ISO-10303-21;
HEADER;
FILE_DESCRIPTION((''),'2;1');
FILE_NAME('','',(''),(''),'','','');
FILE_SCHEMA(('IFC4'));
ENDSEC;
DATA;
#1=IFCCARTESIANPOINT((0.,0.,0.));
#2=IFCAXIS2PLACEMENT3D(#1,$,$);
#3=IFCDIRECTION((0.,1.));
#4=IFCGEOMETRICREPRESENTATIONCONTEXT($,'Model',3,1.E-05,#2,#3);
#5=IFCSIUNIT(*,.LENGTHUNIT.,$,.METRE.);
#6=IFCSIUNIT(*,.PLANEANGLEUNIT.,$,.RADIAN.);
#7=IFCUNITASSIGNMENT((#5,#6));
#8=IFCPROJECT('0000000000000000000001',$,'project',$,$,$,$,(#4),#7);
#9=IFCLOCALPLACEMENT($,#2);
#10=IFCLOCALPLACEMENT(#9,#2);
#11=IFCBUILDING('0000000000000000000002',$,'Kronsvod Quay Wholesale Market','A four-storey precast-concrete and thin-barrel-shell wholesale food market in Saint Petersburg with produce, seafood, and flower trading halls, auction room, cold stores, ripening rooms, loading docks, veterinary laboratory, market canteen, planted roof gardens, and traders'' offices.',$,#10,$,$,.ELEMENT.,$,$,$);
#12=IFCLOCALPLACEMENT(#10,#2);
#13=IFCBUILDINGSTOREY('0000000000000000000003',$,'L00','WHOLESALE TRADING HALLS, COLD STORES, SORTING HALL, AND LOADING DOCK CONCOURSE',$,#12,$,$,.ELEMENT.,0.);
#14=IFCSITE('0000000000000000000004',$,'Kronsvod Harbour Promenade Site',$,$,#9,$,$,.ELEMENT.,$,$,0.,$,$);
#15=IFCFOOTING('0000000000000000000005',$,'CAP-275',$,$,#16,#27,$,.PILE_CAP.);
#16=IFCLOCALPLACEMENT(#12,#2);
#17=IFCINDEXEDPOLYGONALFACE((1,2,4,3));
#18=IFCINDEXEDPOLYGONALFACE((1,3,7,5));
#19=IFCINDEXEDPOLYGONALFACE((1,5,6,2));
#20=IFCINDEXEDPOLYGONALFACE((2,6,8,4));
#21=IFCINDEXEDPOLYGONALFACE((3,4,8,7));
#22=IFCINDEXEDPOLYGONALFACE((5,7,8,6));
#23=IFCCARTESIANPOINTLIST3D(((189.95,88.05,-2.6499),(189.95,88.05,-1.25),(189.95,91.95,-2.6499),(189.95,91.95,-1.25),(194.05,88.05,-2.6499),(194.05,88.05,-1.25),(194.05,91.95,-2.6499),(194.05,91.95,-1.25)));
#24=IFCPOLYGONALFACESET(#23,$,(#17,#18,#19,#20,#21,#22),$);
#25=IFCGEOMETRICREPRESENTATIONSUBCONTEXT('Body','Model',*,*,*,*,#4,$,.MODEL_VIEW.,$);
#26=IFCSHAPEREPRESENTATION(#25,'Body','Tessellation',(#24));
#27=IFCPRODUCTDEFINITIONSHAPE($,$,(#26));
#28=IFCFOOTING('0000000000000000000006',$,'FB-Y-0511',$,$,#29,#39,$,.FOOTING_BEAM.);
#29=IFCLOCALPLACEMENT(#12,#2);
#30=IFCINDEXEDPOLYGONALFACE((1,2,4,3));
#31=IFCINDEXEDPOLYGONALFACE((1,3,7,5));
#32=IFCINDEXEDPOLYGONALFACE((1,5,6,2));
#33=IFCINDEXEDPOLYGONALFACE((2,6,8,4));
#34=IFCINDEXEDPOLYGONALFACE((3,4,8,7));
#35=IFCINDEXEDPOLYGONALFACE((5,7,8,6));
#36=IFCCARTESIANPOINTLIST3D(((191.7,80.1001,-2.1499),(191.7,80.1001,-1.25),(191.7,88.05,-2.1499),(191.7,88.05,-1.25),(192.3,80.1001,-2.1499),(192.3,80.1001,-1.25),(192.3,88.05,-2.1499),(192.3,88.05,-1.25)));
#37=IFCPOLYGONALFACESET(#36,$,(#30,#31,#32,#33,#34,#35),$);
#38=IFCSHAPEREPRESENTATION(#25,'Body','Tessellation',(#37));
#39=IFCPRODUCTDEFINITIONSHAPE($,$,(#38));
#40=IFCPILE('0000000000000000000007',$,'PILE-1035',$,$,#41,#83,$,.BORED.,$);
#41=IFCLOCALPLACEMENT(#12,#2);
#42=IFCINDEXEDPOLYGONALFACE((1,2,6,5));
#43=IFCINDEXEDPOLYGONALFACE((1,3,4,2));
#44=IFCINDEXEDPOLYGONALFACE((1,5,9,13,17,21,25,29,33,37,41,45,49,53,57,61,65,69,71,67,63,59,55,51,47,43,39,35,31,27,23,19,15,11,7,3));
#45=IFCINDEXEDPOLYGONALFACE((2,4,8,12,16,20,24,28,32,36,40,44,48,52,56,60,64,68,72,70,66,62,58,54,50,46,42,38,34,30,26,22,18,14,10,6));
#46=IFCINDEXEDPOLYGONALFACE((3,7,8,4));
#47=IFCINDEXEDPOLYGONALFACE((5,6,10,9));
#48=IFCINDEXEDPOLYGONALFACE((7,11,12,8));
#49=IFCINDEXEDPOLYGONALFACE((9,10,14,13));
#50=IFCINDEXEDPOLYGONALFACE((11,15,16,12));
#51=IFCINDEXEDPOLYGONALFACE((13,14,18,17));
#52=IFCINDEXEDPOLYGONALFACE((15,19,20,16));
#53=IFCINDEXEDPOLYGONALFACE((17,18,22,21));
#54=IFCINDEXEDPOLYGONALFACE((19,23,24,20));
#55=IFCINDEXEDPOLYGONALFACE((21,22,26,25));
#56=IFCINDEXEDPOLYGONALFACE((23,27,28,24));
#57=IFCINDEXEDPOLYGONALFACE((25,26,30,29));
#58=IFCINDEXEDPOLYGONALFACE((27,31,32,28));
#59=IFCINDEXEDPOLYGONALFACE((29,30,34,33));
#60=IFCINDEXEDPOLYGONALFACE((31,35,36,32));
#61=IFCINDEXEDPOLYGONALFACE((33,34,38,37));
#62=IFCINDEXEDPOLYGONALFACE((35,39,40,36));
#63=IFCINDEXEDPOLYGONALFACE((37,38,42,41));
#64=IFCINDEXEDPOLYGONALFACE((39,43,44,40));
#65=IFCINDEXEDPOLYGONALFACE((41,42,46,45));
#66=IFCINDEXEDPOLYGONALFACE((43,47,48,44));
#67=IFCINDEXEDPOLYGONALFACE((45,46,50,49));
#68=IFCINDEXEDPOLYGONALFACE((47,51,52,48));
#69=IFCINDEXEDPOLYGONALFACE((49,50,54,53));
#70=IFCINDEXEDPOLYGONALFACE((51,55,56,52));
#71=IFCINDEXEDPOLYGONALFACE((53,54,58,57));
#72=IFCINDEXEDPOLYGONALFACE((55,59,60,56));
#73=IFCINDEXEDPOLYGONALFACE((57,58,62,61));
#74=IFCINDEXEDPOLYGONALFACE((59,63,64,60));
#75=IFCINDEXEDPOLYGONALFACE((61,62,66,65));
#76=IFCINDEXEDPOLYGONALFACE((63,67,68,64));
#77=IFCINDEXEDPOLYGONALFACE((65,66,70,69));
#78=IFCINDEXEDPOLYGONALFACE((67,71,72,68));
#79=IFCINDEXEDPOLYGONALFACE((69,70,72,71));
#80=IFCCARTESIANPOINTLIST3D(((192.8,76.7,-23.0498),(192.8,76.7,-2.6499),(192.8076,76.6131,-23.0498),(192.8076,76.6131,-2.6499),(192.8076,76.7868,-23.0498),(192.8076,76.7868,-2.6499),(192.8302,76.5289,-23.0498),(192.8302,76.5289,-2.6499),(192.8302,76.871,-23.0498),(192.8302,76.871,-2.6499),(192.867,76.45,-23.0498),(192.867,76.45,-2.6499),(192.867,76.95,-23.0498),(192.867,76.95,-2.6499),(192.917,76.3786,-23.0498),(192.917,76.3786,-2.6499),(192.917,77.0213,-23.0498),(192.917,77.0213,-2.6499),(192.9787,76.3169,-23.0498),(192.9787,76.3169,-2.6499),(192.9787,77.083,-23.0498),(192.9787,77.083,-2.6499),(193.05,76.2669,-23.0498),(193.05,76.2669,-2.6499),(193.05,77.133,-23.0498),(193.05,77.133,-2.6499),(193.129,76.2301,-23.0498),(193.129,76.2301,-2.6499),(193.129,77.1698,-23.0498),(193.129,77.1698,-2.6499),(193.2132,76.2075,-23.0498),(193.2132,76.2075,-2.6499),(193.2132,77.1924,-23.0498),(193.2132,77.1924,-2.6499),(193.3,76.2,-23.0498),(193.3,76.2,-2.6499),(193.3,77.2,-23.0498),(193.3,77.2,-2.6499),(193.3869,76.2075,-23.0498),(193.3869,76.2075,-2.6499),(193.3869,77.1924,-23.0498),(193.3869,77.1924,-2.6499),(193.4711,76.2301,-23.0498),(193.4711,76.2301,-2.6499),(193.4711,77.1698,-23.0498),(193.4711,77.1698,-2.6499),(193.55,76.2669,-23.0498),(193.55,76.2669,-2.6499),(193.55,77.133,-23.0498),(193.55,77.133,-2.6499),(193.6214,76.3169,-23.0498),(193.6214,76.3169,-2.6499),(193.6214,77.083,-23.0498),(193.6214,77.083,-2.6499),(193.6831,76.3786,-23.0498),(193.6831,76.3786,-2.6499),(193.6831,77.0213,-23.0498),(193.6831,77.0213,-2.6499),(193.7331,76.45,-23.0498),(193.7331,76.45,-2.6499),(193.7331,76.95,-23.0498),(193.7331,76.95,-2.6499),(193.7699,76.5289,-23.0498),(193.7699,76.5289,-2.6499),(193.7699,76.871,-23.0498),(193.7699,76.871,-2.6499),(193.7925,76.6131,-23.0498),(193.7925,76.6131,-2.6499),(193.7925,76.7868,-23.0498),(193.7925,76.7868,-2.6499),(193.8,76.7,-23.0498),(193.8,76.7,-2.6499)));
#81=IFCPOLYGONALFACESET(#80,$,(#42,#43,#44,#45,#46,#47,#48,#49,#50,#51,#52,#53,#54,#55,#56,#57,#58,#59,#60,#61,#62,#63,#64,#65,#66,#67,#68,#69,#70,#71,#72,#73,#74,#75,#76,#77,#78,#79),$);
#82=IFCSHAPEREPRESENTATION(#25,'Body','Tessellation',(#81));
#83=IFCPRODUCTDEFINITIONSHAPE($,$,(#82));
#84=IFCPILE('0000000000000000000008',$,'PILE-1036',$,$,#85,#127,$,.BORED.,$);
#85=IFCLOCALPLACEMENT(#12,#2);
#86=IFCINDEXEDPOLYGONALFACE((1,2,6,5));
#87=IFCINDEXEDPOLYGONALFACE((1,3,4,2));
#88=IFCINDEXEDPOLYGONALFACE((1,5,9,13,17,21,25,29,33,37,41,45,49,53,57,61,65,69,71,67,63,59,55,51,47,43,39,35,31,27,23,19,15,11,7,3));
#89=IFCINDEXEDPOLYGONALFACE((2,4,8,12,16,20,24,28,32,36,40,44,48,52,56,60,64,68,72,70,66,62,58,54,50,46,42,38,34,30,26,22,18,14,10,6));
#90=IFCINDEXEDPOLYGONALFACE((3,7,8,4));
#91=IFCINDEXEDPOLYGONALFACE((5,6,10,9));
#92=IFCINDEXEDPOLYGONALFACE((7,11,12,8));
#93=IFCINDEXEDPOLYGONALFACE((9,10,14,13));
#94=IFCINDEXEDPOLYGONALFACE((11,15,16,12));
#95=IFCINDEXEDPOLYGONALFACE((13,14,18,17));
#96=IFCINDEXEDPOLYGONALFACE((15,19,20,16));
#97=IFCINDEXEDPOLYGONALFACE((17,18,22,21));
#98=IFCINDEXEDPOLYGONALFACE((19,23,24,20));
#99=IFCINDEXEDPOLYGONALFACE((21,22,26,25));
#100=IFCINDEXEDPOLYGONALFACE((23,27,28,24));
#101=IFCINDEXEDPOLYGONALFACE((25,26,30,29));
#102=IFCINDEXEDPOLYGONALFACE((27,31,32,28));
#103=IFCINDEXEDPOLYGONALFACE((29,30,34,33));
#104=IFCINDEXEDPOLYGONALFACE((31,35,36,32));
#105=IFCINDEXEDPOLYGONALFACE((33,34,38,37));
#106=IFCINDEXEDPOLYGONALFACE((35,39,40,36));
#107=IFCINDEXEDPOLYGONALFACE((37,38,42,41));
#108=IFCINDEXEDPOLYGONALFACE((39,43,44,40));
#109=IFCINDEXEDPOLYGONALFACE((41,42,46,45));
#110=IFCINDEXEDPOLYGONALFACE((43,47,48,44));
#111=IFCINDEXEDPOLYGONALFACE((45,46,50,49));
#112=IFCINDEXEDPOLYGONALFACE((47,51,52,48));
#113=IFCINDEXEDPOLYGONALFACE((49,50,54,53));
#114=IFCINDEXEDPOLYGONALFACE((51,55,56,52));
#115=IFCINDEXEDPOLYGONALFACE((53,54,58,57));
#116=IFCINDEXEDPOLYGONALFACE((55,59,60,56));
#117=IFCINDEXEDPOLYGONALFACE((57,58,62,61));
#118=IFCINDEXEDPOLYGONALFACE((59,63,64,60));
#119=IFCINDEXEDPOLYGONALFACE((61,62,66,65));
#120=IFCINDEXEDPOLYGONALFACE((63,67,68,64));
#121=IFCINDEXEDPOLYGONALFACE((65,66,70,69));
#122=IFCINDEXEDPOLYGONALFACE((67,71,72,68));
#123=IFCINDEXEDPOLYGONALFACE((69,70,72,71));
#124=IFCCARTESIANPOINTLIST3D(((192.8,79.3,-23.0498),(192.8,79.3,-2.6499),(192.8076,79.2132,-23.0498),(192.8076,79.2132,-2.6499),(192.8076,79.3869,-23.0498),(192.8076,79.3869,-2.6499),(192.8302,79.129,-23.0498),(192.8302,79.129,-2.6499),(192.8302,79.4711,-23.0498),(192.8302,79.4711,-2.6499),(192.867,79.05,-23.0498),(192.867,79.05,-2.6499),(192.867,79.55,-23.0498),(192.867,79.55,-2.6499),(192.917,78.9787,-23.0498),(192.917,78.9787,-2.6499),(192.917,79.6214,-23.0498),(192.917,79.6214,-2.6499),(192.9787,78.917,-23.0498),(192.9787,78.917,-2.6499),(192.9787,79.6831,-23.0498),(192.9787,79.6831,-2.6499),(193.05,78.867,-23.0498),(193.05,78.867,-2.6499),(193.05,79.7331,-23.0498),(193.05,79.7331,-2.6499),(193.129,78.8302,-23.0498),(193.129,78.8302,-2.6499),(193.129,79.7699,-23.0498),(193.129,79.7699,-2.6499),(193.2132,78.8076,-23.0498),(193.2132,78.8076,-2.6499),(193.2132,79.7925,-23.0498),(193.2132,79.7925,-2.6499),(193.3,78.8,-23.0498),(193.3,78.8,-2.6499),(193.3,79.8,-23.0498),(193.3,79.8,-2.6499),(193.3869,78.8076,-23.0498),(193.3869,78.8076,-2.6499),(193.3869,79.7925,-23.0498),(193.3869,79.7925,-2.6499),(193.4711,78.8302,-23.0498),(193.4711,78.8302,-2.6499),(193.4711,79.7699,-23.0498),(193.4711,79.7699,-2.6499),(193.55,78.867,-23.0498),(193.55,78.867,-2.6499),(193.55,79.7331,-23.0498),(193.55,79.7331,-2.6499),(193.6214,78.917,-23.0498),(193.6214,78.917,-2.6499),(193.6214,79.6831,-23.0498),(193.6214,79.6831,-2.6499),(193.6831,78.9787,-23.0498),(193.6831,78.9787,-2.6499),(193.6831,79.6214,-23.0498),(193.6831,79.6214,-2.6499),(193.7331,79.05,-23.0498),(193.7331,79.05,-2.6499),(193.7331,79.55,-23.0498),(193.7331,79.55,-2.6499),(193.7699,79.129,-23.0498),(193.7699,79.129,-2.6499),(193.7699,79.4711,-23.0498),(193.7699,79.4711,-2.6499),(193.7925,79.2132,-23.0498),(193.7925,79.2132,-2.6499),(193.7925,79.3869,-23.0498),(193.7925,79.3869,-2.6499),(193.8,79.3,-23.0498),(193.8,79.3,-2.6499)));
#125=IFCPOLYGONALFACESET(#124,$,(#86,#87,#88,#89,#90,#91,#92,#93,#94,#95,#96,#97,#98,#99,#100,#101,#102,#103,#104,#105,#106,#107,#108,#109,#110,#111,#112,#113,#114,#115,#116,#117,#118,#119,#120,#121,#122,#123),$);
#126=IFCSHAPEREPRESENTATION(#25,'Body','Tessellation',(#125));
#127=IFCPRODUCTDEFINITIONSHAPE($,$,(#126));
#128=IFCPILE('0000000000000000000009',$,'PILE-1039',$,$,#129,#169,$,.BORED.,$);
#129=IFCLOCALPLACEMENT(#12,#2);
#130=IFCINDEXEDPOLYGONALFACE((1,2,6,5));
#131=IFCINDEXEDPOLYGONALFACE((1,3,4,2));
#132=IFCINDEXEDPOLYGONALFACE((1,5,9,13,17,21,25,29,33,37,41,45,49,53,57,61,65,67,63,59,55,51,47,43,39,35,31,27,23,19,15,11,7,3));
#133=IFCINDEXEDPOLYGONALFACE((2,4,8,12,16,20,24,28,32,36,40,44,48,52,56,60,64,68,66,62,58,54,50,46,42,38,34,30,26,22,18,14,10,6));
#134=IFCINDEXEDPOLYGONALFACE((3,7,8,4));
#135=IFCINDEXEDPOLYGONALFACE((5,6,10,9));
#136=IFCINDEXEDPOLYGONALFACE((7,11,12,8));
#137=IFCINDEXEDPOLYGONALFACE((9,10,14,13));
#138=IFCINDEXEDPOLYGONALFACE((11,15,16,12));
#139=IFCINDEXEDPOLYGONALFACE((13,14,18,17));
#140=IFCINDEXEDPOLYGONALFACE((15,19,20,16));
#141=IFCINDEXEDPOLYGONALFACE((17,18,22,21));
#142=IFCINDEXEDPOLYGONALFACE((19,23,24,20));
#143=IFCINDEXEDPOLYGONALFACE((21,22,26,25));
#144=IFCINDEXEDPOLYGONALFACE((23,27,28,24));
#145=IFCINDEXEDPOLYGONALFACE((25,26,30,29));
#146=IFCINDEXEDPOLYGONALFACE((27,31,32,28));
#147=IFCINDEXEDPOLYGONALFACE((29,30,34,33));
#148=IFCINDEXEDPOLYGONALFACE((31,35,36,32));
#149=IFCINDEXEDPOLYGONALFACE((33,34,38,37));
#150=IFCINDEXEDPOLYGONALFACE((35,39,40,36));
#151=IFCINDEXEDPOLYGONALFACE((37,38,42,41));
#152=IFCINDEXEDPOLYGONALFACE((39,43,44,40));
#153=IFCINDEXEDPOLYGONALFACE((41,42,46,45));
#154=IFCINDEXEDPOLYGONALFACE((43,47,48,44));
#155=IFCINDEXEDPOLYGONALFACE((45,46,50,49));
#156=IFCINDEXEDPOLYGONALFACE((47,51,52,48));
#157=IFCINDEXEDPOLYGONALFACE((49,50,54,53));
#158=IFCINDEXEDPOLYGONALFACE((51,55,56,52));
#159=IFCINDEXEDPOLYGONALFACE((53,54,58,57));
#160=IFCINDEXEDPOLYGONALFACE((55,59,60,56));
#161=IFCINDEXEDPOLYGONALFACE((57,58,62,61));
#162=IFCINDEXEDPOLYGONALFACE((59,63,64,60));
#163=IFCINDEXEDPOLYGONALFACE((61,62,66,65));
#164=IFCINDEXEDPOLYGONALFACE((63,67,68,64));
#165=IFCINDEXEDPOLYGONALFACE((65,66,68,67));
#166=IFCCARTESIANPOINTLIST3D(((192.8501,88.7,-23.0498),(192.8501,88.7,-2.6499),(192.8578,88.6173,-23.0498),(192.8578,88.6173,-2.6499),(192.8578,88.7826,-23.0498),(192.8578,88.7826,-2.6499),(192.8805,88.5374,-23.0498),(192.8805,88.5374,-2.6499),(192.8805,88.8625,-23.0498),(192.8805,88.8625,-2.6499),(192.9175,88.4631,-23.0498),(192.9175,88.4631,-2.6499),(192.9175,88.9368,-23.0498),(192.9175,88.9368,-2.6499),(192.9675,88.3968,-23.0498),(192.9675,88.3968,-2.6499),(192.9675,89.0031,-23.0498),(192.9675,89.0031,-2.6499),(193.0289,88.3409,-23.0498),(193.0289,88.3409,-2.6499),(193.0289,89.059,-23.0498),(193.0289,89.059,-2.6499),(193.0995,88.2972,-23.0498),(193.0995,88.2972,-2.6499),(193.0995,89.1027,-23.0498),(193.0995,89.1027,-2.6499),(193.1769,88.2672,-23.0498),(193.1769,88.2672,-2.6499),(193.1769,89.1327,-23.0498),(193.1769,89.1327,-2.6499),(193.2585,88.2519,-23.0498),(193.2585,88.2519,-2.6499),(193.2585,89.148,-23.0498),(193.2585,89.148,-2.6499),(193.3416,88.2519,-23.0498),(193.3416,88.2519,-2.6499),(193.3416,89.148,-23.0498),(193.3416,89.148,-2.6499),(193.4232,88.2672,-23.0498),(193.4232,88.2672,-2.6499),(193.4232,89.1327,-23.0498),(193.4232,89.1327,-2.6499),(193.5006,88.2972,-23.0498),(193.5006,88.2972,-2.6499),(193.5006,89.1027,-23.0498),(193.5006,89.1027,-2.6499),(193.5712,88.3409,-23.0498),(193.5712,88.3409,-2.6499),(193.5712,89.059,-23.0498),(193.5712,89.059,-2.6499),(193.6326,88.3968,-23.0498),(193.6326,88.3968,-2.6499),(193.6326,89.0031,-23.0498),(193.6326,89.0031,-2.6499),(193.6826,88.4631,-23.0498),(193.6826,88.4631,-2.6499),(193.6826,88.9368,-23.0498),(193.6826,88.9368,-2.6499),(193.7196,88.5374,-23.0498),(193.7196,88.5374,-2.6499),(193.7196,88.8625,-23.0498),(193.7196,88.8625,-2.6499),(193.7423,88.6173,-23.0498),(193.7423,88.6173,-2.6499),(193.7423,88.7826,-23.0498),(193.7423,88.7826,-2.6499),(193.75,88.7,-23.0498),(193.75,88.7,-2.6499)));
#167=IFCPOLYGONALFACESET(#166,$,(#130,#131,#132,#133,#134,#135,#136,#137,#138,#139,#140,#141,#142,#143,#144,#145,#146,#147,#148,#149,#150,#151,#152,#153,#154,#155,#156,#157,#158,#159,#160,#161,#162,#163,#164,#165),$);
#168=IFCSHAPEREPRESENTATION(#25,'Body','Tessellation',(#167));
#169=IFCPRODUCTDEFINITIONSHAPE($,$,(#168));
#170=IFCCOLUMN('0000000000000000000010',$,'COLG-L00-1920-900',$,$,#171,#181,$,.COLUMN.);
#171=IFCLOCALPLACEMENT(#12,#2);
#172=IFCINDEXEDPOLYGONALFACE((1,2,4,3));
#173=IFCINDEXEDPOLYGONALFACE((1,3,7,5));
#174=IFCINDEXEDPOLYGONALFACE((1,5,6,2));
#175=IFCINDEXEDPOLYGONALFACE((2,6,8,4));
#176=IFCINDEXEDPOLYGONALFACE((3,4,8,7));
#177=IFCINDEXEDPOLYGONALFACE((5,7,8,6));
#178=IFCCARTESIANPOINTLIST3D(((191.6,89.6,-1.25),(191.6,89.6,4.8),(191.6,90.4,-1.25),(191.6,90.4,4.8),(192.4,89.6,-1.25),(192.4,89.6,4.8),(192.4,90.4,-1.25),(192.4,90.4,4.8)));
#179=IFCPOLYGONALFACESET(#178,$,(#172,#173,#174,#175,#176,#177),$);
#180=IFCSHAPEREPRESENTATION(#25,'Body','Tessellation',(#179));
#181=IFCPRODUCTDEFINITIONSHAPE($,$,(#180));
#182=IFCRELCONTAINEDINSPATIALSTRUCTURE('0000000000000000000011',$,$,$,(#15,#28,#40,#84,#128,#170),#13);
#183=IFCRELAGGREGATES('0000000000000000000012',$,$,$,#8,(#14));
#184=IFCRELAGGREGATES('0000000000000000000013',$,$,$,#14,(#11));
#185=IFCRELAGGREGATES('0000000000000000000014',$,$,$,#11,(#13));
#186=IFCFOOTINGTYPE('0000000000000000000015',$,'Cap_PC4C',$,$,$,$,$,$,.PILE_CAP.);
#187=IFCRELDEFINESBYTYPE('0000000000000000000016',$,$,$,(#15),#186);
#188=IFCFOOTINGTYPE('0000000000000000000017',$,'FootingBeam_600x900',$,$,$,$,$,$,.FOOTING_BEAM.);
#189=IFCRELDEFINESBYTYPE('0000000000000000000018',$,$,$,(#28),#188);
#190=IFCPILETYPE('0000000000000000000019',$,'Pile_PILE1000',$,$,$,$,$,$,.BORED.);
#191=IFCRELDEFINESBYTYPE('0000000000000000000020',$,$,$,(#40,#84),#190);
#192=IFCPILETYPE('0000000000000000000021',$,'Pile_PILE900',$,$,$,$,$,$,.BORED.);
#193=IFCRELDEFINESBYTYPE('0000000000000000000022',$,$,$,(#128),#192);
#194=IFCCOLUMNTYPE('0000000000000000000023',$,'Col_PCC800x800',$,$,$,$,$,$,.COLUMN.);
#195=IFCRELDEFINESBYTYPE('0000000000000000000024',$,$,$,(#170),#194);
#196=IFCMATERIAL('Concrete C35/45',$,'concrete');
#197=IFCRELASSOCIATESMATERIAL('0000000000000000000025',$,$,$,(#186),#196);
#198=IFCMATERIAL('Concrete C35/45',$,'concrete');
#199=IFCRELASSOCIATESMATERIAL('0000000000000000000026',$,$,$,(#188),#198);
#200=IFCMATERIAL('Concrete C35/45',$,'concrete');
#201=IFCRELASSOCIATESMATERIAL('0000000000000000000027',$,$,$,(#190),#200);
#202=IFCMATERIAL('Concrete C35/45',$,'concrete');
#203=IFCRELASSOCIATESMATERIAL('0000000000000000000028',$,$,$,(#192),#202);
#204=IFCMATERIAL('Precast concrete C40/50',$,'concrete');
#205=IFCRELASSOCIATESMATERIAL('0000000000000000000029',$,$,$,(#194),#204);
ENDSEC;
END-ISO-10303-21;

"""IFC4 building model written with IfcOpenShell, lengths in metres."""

from ifc_helpers import new_model, si_unit, direction, frame, origin, origin_2d, place, context, subcontext, project, spatial, rectangle, circle, extrude, material, material_profile, profile_set, type_object, element, save


model = new_model("IFC4")

# Units and contexts
model_context = context("Model", 3, precision=1e-05, world=origin(), true_north=direction((0.0, 1.0)))
body_context = subcontext(model_context, "Body", "Model", "MODEL_VIEW")
ifc_project = project(units=[si_unit("LENGTHUNIT", "METRE"), si_unit("PLANEANGLEUNIT", "RADIAN")], contexts=[model_context])

# Site, building, storey
site_placement = place(None, origin())
site = spatial("IfcSite", under=ifc_project, at=site_placement, Name="Kronsvod Harbour Promenade Site", CompositionType="ELEMENT", RefElevation=0.0)
building_placement = place(site_placement, origin())
building = spatial("IfcBuilding", under=site, at=building_placement, Name="Kronsvod Quay Wholesale Market", Description="A four-storey precast-concrete and thin-barrel-shell wholesale food market in Saint Petersburg with produce, seafood, and flower trading halls, auction room, cold stores, ripening rooms, loading docks, veterinary laboratory, market canteen, planted roof gardens, and traders' offices.", CompositionType="ELEMENT")
storey_placement = place(building_placement, origin())
storey = spatial("IfcBuildingStorey", under=building, at=storey_placement, Name="L00", Description="WHOLESALE TRADING HALLS, COLD STORES, SORTING HALL, AND LOADING DOCK CONCOURSE", CompositionType="ELEMENT", Elevation=0.0)

# Footings
ifc_material_1 = material(Name="Concrete C35/45", Category="concrete")
footing_type_1 = type_object("IfcFootingType", Name="Cap_PC4C", PredefinedType="PILE_CAP", material=ifc_material_1)
footing_1_placement = place(storey_placement, frame((192.0, 90.0, -2.6499), z_axis=(0.0, 0.0, 1.0), x_axis=(1.0, 0.0, 0.0)))
element("IfcFooting", 1, at=footing_1_placement, inside=storey, type_object=footing_type_1, Name="CAP-275", PredefinedType="PILE_CAP", context=body_context, shape_type="SweptSolid", body=[
    extrude(rectangle(XDim=4.1001, YDim=3.8999, at=origin_2d()), origin(), (0.0, 0.0, 1.0), 1.3999),
])
ifc_material_2 = material(Name="Concrete C35/45", Category="concrete")
ifc_material_profile_1 = material_profile(ifc_material_2, rectangle(XDim=0.6001, YDim=0.8999, at=origin_2d()), Name="FB-02")
ifc_profile_set_1 = profile_set([ifc_material_profile_1], Name="Concrete C35/45")
footing_type_2 = type_object("IfcFootingType", Name="FootingBeam_600x900", PredefinedType="FOOTING_BEAM", material=ifc_profile_set_1)
footing_2_placement = place(storey_placement, frame((192.0, 80.1001, -1.7), z_axis=(0.0, 1.0, 0.0), x_axis=(-1.0, 0.0, 0.0)))
element("IfcFooting", 2, at=footing_2_placement, inside=storey, type_object=footing_type_2, Name="FB-Y-0511", PredefinedType="FOOTING_BEAM", context=body_context, shape_type="SweptSolid", body=[
    extrude(rectangle(XDim=0.6001, YDim=0.8999, at=origin_2d()), origin(), (0.0, 0.0, 1.0), 7.95),
])

# Piles
ifc_material_3 = material(Name="Concrete C35/45", Category="concrete")
ifc_material_profile_2 = material_profile(ifc_material_3, circle(Radius=0.5, at=origin_2d()), Name="PILE1000")
ifc_profile_set_2 = profile_set([ifc_material_profile_2], Name="Concrete C35/45")
pile_type_1 = type_object("IfcPileType", Name="Pile_PILE1000", PredefinedType="BORED", material=ifc_profile_set_2)
for number, where, z_axis, x_axis, name in (
    (3, (193.3, 76.7, -2.6499), (0.0, 0.0, -1.0), (1.0, 0.0, 0.0), "PILE-1035"),
    (4, (193.3, 79.3, -2.6499), (0.0, 0.0, -1.0), (1.0, 0.0, 0.0), "PILE-1036"),
):
    element("IfcPile", number, at=place(storey_placement, frame(where, z_axis=z_axis, x_axis=x_axis)), inside=storey, type_object=pile_type_1, Name=name, PredefinedType="BORED", context=body_context, shape_type="SweptSolid", body=[
        extrude(circle(Radius=0.5, at=origin_2d()), origin(), (0.0, 0.0, 1.0), 20.3999),
    ])
ifc_material_4 = material(Name="Concrete C35/45", Category="concrete")
ifc_material_profile_3 = material_profile(ifc_material_4, circle(Radius=0.45, at=origin_2d()), Name="PILE900")
ifc_profile_set_3 = profile_set([ifc_material_profile_3], Name="Concrete C35/45")
pile_type_2 = type_object("IfcPileType", Name="Pile_PILE900", PredefinedType="BORED", material=ifc_profile_set_3)
pile_placement = place(storey_placement, frame((193.3, 88.7, -2.6499), z_axis=(0.0, 0.0, -1.0), x_axis=(1.0, 0.0, 0.0)))
element("IfcPile", 5, at=pile_placement, inside=storey, type_object=pile_type_2, Name="PILE-1039", PredefinedType="BORED", context=body_context, shape_type="SweptSolid", body=[
    extrude(circle(Radius=0.45, at=origin_2d()), origin(), (0.0, 0.0, 1.0), 20.3999),
])

# Column
ifc_material_5 = material(Name="Precast concrete C40/50", Category="concrete")
ifc_material_profile_4 = material_profile(ifc_material_5, rectangle(XDim=0.8, YDim=0.8, at=origin_2d()), Name="PCC800x800")
ifc_profile_set_4 = profile_set([ifc_material_profile_4], Name="Precast concrete C40/50")
column_type = type_object("IfcColumnType", Name="Col_PCC800x800", PredefinedType="COLUMN", material=ifc_profile_set_4)
column_placement = place(storey_placement, frame((192.0, 90.0, -1.25), z_axis=(0.0, 0.0, 1.0), x_axis=(1.0, 0.0, 0.0)))
element("IfcColumn", 6, at=column_placement, inside=storey, type_object=column_type, Name="COLG-L00-1920-900", PredefinedType="COLUMN", context=body_context, shape_type="SweptSolid", body=[
    extrude(rectangle(XDim=0.8, YDim=0.8, at=origin_2d()), origin(), (0.0, 0.0, 1.0), 6.05),
])

save(model, "model.ifc")
